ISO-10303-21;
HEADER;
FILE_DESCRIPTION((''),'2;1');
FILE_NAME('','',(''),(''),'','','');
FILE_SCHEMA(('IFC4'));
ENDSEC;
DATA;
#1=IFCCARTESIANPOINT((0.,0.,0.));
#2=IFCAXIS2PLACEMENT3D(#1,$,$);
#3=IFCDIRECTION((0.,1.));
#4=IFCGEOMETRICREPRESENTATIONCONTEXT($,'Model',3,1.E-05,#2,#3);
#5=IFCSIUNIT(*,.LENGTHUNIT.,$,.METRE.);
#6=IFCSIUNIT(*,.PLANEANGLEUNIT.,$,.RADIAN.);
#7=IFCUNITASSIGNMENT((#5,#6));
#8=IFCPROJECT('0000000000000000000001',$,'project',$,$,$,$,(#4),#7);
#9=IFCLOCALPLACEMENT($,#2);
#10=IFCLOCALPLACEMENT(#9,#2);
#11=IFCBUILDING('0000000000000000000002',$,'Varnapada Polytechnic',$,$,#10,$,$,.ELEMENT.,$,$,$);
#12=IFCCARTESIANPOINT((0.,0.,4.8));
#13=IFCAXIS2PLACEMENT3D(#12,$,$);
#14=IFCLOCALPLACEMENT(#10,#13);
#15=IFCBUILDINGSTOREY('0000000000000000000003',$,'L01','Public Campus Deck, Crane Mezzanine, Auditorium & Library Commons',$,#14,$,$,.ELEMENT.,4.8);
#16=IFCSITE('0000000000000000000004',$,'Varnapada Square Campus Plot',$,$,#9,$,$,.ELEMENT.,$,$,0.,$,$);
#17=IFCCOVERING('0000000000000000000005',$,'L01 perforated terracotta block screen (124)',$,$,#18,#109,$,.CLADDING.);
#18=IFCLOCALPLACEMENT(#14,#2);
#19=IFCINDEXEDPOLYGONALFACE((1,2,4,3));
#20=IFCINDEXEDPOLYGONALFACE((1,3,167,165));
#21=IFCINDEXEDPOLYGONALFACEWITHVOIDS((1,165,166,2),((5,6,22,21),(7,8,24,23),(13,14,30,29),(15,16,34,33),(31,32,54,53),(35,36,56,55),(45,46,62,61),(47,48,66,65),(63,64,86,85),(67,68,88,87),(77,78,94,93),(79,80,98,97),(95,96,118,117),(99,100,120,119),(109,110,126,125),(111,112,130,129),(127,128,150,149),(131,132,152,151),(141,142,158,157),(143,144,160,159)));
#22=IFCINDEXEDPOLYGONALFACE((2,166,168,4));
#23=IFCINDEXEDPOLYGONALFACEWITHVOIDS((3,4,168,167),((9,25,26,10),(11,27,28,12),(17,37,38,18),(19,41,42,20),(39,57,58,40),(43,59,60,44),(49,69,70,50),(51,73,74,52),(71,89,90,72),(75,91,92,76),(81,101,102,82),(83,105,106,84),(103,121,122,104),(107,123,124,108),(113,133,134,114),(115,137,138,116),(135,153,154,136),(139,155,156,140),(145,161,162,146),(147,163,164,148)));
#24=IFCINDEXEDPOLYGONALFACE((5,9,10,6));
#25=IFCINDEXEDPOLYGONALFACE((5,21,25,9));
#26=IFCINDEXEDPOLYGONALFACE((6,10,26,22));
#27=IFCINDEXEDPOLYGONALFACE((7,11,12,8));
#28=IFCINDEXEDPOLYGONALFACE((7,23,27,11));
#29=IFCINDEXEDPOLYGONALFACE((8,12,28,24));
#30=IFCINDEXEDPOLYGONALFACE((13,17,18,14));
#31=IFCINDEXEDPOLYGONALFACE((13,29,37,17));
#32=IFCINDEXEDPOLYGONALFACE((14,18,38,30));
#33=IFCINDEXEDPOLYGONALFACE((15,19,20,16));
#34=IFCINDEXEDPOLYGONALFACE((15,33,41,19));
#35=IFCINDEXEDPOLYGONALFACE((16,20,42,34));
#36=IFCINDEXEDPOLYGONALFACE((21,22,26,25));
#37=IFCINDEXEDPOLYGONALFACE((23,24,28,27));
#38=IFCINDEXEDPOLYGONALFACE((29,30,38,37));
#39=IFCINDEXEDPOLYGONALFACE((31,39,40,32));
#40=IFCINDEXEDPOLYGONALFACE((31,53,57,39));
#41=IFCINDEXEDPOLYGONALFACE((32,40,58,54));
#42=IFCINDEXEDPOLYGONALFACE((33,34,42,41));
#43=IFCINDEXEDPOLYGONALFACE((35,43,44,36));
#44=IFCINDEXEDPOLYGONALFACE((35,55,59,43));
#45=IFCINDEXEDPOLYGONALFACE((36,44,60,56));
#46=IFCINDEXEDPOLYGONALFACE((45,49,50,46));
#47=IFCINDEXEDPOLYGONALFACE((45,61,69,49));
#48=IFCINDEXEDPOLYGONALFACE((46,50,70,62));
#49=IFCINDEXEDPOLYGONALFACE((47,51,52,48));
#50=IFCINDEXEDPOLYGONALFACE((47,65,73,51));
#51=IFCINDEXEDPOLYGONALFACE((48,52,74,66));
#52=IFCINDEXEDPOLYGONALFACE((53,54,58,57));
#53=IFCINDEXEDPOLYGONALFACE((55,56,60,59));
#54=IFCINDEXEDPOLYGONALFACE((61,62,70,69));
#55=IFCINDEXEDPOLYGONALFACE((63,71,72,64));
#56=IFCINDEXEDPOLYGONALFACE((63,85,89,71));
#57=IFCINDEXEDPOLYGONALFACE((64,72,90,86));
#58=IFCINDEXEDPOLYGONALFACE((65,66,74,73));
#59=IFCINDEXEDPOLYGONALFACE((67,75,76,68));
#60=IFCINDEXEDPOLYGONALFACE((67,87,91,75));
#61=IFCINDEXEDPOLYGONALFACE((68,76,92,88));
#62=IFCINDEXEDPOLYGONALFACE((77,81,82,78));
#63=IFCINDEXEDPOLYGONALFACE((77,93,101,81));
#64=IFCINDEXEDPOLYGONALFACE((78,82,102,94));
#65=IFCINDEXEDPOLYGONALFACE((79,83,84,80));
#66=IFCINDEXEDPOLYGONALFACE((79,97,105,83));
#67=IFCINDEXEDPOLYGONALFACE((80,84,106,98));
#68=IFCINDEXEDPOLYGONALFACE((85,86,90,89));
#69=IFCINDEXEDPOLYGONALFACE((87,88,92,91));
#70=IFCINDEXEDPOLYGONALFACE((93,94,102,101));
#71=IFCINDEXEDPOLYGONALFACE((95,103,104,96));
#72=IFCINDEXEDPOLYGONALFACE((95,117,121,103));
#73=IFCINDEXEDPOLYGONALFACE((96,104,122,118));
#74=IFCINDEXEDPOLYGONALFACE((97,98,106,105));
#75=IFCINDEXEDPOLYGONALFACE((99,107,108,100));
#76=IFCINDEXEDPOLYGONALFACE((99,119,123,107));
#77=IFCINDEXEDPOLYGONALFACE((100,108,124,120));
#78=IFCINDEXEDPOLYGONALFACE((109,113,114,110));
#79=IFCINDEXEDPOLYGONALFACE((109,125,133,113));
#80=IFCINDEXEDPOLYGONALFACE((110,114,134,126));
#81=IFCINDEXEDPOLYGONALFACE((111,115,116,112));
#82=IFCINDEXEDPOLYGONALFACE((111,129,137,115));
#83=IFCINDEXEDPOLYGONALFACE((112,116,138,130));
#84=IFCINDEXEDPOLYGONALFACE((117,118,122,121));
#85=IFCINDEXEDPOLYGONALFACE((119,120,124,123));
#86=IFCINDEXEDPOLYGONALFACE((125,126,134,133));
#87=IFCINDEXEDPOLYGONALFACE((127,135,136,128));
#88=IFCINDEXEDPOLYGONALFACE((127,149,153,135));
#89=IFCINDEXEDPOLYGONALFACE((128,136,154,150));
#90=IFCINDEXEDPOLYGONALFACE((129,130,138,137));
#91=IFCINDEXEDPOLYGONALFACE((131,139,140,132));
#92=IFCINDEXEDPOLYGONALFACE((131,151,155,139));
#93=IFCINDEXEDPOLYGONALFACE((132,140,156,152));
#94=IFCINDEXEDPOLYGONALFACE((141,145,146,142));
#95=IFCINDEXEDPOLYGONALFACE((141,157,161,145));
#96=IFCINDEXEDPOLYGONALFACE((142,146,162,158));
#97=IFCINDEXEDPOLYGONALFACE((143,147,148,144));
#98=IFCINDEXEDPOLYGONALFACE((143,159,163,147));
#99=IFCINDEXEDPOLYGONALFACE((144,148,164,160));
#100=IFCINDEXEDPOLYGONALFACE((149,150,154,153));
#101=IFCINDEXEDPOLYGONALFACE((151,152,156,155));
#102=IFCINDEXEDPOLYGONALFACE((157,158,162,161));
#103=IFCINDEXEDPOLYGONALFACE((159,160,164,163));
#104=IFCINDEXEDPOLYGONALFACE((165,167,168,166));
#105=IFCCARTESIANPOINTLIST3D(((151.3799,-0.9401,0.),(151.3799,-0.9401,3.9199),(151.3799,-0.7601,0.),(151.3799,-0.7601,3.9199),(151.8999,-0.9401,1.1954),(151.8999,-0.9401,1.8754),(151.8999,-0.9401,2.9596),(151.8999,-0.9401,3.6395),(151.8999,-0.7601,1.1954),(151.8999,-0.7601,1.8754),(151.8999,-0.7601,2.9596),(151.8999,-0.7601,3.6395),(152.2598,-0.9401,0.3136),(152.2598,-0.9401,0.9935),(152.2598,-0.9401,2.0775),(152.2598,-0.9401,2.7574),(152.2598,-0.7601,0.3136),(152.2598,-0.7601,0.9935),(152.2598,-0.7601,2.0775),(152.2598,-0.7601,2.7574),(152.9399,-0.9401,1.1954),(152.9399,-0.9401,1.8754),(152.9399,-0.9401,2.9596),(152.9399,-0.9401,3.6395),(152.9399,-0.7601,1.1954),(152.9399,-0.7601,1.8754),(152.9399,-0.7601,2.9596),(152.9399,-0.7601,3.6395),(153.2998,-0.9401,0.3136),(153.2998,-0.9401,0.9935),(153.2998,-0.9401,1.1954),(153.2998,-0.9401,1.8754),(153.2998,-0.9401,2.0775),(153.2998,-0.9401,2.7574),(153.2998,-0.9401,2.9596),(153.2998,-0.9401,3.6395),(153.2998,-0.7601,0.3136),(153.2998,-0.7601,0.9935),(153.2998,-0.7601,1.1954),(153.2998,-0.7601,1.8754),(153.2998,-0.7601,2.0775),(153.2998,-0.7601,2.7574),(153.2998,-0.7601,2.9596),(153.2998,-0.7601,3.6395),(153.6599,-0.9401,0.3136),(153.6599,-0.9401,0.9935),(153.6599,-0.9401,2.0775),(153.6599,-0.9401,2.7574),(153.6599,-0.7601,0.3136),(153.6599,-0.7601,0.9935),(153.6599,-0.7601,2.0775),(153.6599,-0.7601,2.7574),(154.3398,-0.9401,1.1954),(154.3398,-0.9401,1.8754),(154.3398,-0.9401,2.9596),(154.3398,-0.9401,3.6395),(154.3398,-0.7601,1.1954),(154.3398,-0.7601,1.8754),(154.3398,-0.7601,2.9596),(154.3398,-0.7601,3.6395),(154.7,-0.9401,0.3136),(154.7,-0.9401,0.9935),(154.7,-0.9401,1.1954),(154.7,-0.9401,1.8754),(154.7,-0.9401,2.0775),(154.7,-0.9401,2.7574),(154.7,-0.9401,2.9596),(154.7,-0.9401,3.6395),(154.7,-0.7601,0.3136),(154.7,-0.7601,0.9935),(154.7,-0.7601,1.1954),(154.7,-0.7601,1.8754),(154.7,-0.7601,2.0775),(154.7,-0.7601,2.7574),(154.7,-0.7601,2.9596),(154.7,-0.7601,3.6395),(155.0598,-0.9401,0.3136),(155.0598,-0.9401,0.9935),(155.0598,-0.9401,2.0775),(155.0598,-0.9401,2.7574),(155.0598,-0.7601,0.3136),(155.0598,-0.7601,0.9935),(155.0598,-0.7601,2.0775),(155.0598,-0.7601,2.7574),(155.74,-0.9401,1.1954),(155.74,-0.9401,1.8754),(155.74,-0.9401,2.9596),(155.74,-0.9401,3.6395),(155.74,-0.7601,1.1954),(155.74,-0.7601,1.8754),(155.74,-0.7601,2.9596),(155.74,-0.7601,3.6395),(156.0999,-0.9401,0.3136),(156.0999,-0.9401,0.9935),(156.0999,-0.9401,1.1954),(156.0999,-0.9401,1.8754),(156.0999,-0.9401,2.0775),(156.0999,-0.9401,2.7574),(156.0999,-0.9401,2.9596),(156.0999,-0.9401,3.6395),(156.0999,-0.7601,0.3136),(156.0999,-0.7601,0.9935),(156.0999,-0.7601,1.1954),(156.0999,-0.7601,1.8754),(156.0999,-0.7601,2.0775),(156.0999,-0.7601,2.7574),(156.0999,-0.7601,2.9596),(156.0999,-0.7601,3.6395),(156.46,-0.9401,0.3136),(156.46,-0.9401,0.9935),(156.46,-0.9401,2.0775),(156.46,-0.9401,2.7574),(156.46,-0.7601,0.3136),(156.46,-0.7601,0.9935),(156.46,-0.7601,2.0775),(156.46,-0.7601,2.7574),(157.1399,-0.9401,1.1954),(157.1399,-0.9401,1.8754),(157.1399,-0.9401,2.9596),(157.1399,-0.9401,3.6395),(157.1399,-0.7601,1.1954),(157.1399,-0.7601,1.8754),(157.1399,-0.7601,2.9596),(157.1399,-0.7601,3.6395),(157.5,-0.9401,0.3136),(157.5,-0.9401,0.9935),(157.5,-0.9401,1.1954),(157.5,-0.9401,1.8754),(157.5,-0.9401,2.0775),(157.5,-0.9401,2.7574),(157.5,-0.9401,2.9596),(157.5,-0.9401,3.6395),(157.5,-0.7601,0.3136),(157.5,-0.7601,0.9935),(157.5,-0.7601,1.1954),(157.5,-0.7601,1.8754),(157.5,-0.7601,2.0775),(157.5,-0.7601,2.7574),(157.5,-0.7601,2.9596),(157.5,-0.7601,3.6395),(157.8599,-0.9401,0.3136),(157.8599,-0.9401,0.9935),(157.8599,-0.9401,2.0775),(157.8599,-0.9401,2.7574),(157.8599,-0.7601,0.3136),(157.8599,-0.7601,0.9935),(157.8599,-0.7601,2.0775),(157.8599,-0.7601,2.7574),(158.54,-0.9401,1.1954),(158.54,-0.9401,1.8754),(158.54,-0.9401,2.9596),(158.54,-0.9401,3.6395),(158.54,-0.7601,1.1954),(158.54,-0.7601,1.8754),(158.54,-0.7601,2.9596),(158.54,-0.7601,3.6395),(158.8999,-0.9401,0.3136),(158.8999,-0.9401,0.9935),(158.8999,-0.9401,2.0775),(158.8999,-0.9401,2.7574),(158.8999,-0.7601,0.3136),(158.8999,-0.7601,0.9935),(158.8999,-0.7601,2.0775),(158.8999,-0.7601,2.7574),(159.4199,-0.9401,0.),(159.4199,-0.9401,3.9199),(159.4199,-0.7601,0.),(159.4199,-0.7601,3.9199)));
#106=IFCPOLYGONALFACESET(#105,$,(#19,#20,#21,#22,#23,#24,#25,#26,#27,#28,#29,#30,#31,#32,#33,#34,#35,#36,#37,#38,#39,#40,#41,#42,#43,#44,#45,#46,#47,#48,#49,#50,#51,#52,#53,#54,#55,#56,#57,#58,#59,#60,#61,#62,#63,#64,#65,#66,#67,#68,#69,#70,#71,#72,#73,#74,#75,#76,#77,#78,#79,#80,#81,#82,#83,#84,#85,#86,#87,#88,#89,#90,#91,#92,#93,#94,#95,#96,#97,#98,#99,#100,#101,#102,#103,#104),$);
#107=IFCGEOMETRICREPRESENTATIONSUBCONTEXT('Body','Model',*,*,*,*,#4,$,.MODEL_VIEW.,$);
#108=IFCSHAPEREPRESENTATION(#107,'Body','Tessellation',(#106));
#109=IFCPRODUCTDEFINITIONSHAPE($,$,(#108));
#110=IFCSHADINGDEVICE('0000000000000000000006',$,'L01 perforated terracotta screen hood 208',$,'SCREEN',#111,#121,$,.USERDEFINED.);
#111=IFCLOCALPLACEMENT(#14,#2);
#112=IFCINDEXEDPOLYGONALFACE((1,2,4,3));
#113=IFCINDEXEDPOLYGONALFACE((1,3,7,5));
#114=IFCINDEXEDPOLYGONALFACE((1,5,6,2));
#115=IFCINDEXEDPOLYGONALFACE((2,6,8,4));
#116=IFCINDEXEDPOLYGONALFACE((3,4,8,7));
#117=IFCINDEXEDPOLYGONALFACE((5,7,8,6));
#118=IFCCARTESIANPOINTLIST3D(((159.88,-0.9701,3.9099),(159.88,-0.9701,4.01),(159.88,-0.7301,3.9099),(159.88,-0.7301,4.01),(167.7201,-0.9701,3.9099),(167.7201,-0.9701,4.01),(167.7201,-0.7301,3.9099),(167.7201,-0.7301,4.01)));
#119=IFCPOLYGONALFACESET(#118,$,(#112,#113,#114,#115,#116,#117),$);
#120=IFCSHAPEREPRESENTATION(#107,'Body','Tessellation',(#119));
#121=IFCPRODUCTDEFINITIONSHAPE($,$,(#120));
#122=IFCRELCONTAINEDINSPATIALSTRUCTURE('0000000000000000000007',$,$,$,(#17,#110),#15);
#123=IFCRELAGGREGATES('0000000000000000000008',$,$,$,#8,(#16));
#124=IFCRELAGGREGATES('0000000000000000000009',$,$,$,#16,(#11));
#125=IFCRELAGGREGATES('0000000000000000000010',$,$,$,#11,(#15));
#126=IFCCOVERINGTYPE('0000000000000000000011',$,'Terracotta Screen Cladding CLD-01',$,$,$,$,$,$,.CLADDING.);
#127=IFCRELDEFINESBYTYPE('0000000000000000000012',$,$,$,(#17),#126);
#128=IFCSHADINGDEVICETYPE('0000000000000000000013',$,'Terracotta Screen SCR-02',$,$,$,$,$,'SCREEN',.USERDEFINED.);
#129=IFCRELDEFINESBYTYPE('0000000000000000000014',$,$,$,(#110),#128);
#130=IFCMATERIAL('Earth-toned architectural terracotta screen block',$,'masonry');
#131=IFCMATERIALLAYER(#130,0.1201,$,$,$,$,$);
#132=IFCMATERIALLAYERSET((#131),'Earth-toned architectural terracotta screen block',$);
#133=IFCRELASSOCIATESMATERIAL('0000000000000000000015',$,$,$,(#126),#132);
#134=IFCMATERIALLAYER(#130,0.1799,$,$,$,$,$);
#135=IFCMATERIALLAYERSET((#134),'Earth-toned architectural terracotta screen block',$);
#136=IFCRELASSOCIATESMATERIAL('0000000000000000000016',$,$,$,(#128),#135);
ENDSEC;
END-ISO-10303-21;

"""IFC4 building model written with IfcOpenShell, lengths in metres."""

from ifc_helpers import new_model, si_unit, direction, frame, frame_2d, origin, origin_2d, place, context, subcontext, project, spatial, rectangle, extrude, material, layer, layer_set, type_object, element, save


model = new_model("IFC4")

# Units and contexts
model_context = context("Model", 3, precision=1e-05, world=origin(), true_north=direction((0.0, 1.0)))
body_context = subcontext(model_context, "Body", "Model", "MODEL_VIEW")
ifc_project = project(units=[si_unit("LENGTHUNIT", "METRE"), si_unit("PLANEANGLEUNIT", "RADIAN")], contexts=[model_context])

# Site, building, storey
site_placement = place(None, origin())
site = spatial("IfcSite", under=ifc_project, at=site_placement, Name="Varnapada Square Campus Plot", CompositionType="ELEMENT", RefElevation=0.0)
building_placement = place(site_placement, origin())
building = spatial("IfcBuilding", under=site, at=building_placement, Name="Varnapada Polytechnic", CompositionType="ELEMENT")
storey_placement = place(building_placement, frame((0.0, 0.0, 4.8)))
storey = spatial("IfcBuildingStorey", under=building, at=storey_placement, Name="L01", Description="Public Campus Deck, Crane Mezzanine, Auditorium & Library Commons", CompositionType="ELEMENT", Elevation=4.8)

# Covering, openings
ifc_material_1 = material(Name="Earth-toned architectural terracotta screen block", Category="masonry")
ifc_layer_1 = layer(ifc_material_1, 0.1201)
ifc_layer_set_1 = layer_set([ifc_layer_1], Name="Earth-toned architectural terracotta screen block")
covering_type_1 = type_object("IfcCoveringType", Name="Terracotta Screen Cladding CLD-01", PredefinedType="CLADDING", material=ifc_layer_set_1)
covering_1_placement = place(storey_placement, frame((159.4199, -0.8501, 0.0), z_axis=(0.0, 0.0, 1.0), x_axis=(-1.0, 0.0, 0.0)))
covering_1 = element("IfcCovering", 1, at=covering_1_placement, inside=storey, type_object=covering_type_1, Name="L01 perforated terracotta block screen (124)", PredefinedType="CLADDING", context=body_context, shape_type="SweptSolid", body=[
    extrude(rectangle(XDim=8.04, YDim=0.1799, at=frame_2d((4.02, 0.0))), origin(), (0.0, 0.0, 1.0), 3.9199),
])
opening_1_placement = place(covering_1_placement, frame((0.52, 0.0, 0.3137)))
element("IfcOpeningElement", 2, at=opening_1_placement, cuts=covering_1, PredefinedType="OPENING", context=body_context, shape_type="SweptSolid", body=[
    extrude(rectangle(XDim=1.04, YDim=0.6799, at=frame_2d((0.52, 0.3398))), frame((0.0, 0.0999, 0.0), z_axis=(0.0, -1.0, 0.0), x_axis=(1.0, 0.0, 0.0)), (0.0, 0.0, 1.0), 0.2),
])
opening_2_placement = place(covering_1_placement, frame((1.9199, 0.0, 0.3137)))
element("IfcOpeningElement", 3, at=opening_2_placement, cuts=covering_1, PredefinedType="OPENING", context=body_context, shape_type="SweptSolid", body=[
    extrude(rectangle(XDim=1.04, YDim=0.6799, at=frame_2d((0.52, 0.3398))), frame((0.0, 0.0999, 0.0), z_axis=(0.0, -1.0, 0.0), x_axis=(1.0, 0.0, 0.0)), (0.0, 0.0, 1.0), 0.2),
])
opening_3_placement = place(covering_1_placement, frame((3.3201, 0.0, 0.3137)))
element("IfcOpeningElement", 4, at=opening_3_placement, cuts=covering_1, PredefinedType="OPENING", context=body_context, shape_type="SweptSolid", body=[
    extrude(rectangle(XDim=1.04, YDim=0.6799, at=frame_2d((0.52, 0.3398))), frame((0.0, 0.0999, 0.0), z_axis=(0.0, -1.0, 0.0), x_axis=(1.0, 0.0, 0.0)), (0.0, 0.0, 1.0), 0.2),
])
opening_4_placement = place(covering_1_placement, frame((4.72, 0.0, 0.3137)))
element("IfcOpeningElement", 5, at=opening_4_placement, cuts=covering_1, PredefinedType="OPENING", context=body_context, shape_type="SweptSolid", body=[
    extrude(rectangle(XDim=1.04, YDim=0.6799, at=frame_2d((0.52, 0.3398))), frame((0.0, 0.0999, 0.0), z_axis=(0.0, -1.0, 0.0), x_axis=(1.0, 0.0, 0.0)), (0.0, 0.0, 1.0), 0.2),
])
opening_5_placement = place(covering_1_placement, frame((6.1201, 0.0, 0.3137)))
element("IfcOpeningElement", 6, at=opening_5_placement, cuts=covering_1, PredefinedType="OPENING", context=body_context, shape_type="SweptSolid", body=[
    extrude(rectangle(XDim=1.04, YDim=0.6799, at=frame_2d((0.52, 0.3398))), frame((0.0, 0.0999, 0.0), z_axis=(0.0, -1.0, 0.0), x_axis=(1.0, 0.0, 0.0)), (0.0, 0.0, 1.0), 0.2),
])
opening_6_placement = place(covering_1_placement, frame((0.8799, 0.0, 1.1956)))
element("IfcOpeningElement", 7, at=opening_6_placement, cuts=covering_1, PredefinedType="OPENING", context=body_context, shape_type="SweptSolid", body=[
    extrude(rectangle(XDim=1.04, YDim=0.6799, at=frame_2d((0.52, 0.3398))), frame((0.0, 0.0999, 0.0), z_axis=(0.0, -1.0, 0.0), x_axis=(1.0, 0.0, 0.0)), (0.0, 0.0, 1.0), 0.2),
])
opening_7_placement = place(covering_1_placement, frame((2.28, 0.0, 1.1956)))
element("IfcOpeningElement", 8, at=opening_7_placement, cuts=covering_1, PredefinedType="OPENING", context=body_context, shape_type="SweptSolid", body=[
    extrude(rectangle(XDim=1.04, YDim=0.6799, at=frame_2d((0.52, 0.3398))), frame((0.0, 0.0999, 0.0), z_axis=(0.0, -1.0, 0.0), x_axis=(1.0, 0.0, 0.0)), (0.0, 0.0, 1.0), 0.2),
])
opening_8_placement = place(covering_1_placement, frame((3.6799, 0.0, 1.1956)))
element("IfcOpeningElement", 9, at=opening_8_placement, cuts=covering_1, PredefinedType="OPENING", context=body_context, shape_type="SweptSolid", body=[
    extrude(rectangle(XDim=1.04, YDim=0.6799, at=frame_2d((0.52, 0.3398))), frame((0.0, 0.0999, 0.0), z_axis=(0.0, -1.0, 0.0), x_axis=(1.0, 0.0, 0.0)), (0.0, 0.0, 1.0), 0.2),
])
opening_9_placement = place(covering_1_placement, frame((5.0801, 0.0, 1.1956)))
element("IfcOpeningElement", 10, at=opening_9_placement, cuts=covering_1, PredefinedType="OPENING", context=body_context, shape_type="SweptSolid", body=[
    extrude(rectangle(XDim=1.04, YDim=0.6799, at=frame_2d((0.52, 0.3398))), frame((0.0, 0.0999, 0.0), z_axis=(0.0, -1.0, 0.0), x_axis=(1.0, 0.0, 0.0)), (0.0, 0.0, 1.0), 0.2),
])
opening_10_placement = place(covering_1_placement, frame((6.48, 0.0, 1.1956)))
element("IfcOpeningElement", 11, at=opening_10_placement, cuts=covering_1, PredefinedType="OPENING", context=body_context, shape_type="SweptSolid", body=[
    extrude(rectangle(XDim=1.04, YDim=0.6799, at=frame_2d((0.52, 0.3398))), frame((0.0, 0.0999, 0.0), z_axis=(0.0, -1.0, 0.0), x_axis=(1.0, 0.0, 0.0)), (0.0, 0.0, 1.0), 0.2),
])
opening_11_placement = place(covering_1_placement, frame((0.52, 0.0, 2.0776)))
element("IfcOpeningElement", 12, at=opening_11_placement, cuts=covering_1, PredefinedType="OPENING", context=body_context, shape_type="SweptSolid", body=[
    extrude(rectangle(XDim=1.04, YDim=0.6799, at=frame_2d((0.52, 0.3398))), frame((0.0, 0.0999, 0.0), z_axis=(0.0, -1.0, 0.0), x_axis=(1.0, 0.0, 0.0)), (0.0, 0.0, 1.0), 0.2),
])
opening_12_placement = place(covering_1_placement, frame((1.9199, 0.0, 2.0776)))
element("IfcOpeningElement", 13, at=opening_12_placement, cuts=covering_1, PredefinedType="OPENING", context=body_context, shape_type="SweptSolid", body=[
    extrude(rectangle(XDim=1.04, YDim=0.6799, at=frame_2d((0.52, 0.3398))), frame((0.0, 0.0999, 0.0), z_axis=(0.0, -1.0, 0.0), x_axis=(1.0, 0.0, 0.0)), (0.0, 0.0, 1.0), 0.2),
])
opening_13_placement = place(covering_1_placement, frame((3.3201, 0.0, 2.0776)))
element("IfcOpeningElement", 14, at=opening_13_placement, cuts=covering_1, PredefinedType="OPENING", context=body_context, shape_type="SweptSolid", body=[
    extrude(rectangle(XDim=1.04, YDim=0.6799, at=frame_2d((0.52, 0.3398))), frame((0.0, 0.0999, 0.0), z_axis=(0.0, -1.0, 0.0), x_axis=(1.0, 0.0, 0.0)), (0.0, 0.0, 1.0), 0.2),
])
opening_14_placement = place(covering_1_placement, frame((4.72, 0.0, 2.0776)))
element("IfcOpeningElement", 15, at=opening_14_placement, cuts=covering_1, PredefinedType="OPENING", context=body_context, shape_type="SweptSolid", body=[
    extrude(rectangle(XDim=1.04, YDim=0.6799, at=frame_2d((0.52, 0.3398))), frame((0.0, 0.0999, 0.0), z_axis=(0.0, -1.0, 0.0), x_axis=(1.0, 0.0, 0.0)), (0.0, 0.0, 1.0), 0.2),
])
opening_15_placement = place(covering_1_placement, frame((6.1201, 0.0, 2.0776)))
element("IfcOpeningElement", 16, at=opening_15_placement, cuts=covering_1, PredefinedType="OPENING", context=body_context, shape_type="SweptSolid", body=[
    extrude(rectangle(XDim=1.04, YDim=0.6799, at=frame_2d((0.52, 0.3398))), frame((0.0, 0.0999, 0.0), z_axis=(0.0, -1.0, 0.0), x_axis=(1.0, 0.0, 0.0)), (0.0, 0.0, 1.0), 0.2),
])
opening_16_placement = place(covering_1_placement, frame((0.8799, 0.0, 2.9597)))
element("IfcOpeningElement", 17, at=opening_16_placement, cuts=covering_1, PredefinedType="OPENING", context=body_context, shape_type="SweptSolid", body=[
    extrude(rectangle(XDim=1.04, YDim=0.6799, at=frame_2d((0.52, 0.3398))), frame((0.0, 0.0999, 0.0), z_axis=(0.0, -1.0, 0.0), x_axis=(1.0, 0.0, 0.0)), (0.0, 0.0, 1.0), 0.2),
])
opening_17_placement = place(covering_1_placement, frame((2.28, 0.0, 2.9597)))
element("IfcOpeningElement", 18, at=opening_17_placement, cuts=covering_1, PredefinedType="OPENING", context=body_context, shape_type="SweptSolid", body=[
    extrude(rectangle(XDim=1.04, YDim=0.6799, at=frame_2d((0.52, 0.3398))), frame((0.0, 0.0999, 0.0), z_axis=(0.0, -1.0, 0.0), x_axis=(1.0, 0.0, 0.0)), (0.0, 0.0, 1.0), 0.2),
])
opening_18_placement = place(covering_1_placement, frame((3.6799, 0.0, 2.9597)))
element("IfcOpeningElement", 19, at=opening_18_placement, cuts=covering_1, PredefinedType="OPENING", context=body_context, shape_type="SweptSolid", body=[
    extrude(rectangle(XDim=1.04, YDim=0.6799, at=frame_2d((0.52, 0.3398))), frame((0.0, 0.0999, 0.0), z_axis=(0.0, -1.0, 0.0), x_axis=(1.0, 0.0, 0.0)), (0.0, 0.0, 1.0), 0.2),
])
opening_19_placement = place(covering_1_placement, frame((5.0801, 0.0, 2.9597)))
element("IfcOpeningElement", 20, at=opening_19_placement, cuts=covering_1, PredefinedType="OPENING", context=body_context, shape_type="SweptSolid", body=[
    extrude(rectangle(XDim=1.04, YDim=0.6799, at=frame_2d((0.52, 0.3398))), frame((0.0, 0.0999, 0.0), z_axis=(0.0, -1.0, 0.0), x_axis=(1.0, 0.0, 0.0)), (0.0, 0.0, 1.0), 0.2),
])
opening_20_placement = place(covering_1_placement, frame((6.48, 0.0, 2.9597)))
element("IfcOpeningElement", 21, at=opening_20_placement, cuts=covering_1, PredefinedType="OPENING", context=body_context, shape_type="SweptSolid", body=[
    extrude(rectangle(XDim=1.04, YDim=0.6799, at=frame_2d((0.52, 0.3398))), frame((0.0, 0.0999, 0.0), z_axis=(0.0, -1.0, 0.0), x_axis=(1.0, 0.0, 0.0)), (0.0, 0.0, 1.0), 0.2),
])

# Shading device
ifc_layer_2 = layer(ifc_material_1, 0.1799)
ifc_layer_set_2 = layer_set([ifc_layer_2], Name="Earth-toned architectural terracotta screen block")
shading_device_type_1 = type_object("IfcShadingDeviceType", Name="Terracotta Screen SCR-02", ElementType="SCREEN", PredefinedType="USERDEFINED", material=ifc_layer_set_2)
shading_device_1_placement = place(storey_placement, frame((163.8, -0.8501, 3.9099), z_axis=(0.0, 0.0, 1.0), x_axis=(-1.0, 0.0, 0.0)))
element("IfcShadingDevice", 22, at=shading_device_1_placement, inside=storey, type_object=shading_device_type_1, Name="L01 perforated terracotta screen hood 208", ObjectType="SCREEN", PredefinedType="USERDEFINED", context=body_context, shape_type="SweptSolid", body=[
    extrude(rectangle(XDim=7.8401, YDim=0.24, at=origin_2d()), origin(), (0.0, 0.0, 1.0), 0.1001),
])

save(model, "model.ifc")
